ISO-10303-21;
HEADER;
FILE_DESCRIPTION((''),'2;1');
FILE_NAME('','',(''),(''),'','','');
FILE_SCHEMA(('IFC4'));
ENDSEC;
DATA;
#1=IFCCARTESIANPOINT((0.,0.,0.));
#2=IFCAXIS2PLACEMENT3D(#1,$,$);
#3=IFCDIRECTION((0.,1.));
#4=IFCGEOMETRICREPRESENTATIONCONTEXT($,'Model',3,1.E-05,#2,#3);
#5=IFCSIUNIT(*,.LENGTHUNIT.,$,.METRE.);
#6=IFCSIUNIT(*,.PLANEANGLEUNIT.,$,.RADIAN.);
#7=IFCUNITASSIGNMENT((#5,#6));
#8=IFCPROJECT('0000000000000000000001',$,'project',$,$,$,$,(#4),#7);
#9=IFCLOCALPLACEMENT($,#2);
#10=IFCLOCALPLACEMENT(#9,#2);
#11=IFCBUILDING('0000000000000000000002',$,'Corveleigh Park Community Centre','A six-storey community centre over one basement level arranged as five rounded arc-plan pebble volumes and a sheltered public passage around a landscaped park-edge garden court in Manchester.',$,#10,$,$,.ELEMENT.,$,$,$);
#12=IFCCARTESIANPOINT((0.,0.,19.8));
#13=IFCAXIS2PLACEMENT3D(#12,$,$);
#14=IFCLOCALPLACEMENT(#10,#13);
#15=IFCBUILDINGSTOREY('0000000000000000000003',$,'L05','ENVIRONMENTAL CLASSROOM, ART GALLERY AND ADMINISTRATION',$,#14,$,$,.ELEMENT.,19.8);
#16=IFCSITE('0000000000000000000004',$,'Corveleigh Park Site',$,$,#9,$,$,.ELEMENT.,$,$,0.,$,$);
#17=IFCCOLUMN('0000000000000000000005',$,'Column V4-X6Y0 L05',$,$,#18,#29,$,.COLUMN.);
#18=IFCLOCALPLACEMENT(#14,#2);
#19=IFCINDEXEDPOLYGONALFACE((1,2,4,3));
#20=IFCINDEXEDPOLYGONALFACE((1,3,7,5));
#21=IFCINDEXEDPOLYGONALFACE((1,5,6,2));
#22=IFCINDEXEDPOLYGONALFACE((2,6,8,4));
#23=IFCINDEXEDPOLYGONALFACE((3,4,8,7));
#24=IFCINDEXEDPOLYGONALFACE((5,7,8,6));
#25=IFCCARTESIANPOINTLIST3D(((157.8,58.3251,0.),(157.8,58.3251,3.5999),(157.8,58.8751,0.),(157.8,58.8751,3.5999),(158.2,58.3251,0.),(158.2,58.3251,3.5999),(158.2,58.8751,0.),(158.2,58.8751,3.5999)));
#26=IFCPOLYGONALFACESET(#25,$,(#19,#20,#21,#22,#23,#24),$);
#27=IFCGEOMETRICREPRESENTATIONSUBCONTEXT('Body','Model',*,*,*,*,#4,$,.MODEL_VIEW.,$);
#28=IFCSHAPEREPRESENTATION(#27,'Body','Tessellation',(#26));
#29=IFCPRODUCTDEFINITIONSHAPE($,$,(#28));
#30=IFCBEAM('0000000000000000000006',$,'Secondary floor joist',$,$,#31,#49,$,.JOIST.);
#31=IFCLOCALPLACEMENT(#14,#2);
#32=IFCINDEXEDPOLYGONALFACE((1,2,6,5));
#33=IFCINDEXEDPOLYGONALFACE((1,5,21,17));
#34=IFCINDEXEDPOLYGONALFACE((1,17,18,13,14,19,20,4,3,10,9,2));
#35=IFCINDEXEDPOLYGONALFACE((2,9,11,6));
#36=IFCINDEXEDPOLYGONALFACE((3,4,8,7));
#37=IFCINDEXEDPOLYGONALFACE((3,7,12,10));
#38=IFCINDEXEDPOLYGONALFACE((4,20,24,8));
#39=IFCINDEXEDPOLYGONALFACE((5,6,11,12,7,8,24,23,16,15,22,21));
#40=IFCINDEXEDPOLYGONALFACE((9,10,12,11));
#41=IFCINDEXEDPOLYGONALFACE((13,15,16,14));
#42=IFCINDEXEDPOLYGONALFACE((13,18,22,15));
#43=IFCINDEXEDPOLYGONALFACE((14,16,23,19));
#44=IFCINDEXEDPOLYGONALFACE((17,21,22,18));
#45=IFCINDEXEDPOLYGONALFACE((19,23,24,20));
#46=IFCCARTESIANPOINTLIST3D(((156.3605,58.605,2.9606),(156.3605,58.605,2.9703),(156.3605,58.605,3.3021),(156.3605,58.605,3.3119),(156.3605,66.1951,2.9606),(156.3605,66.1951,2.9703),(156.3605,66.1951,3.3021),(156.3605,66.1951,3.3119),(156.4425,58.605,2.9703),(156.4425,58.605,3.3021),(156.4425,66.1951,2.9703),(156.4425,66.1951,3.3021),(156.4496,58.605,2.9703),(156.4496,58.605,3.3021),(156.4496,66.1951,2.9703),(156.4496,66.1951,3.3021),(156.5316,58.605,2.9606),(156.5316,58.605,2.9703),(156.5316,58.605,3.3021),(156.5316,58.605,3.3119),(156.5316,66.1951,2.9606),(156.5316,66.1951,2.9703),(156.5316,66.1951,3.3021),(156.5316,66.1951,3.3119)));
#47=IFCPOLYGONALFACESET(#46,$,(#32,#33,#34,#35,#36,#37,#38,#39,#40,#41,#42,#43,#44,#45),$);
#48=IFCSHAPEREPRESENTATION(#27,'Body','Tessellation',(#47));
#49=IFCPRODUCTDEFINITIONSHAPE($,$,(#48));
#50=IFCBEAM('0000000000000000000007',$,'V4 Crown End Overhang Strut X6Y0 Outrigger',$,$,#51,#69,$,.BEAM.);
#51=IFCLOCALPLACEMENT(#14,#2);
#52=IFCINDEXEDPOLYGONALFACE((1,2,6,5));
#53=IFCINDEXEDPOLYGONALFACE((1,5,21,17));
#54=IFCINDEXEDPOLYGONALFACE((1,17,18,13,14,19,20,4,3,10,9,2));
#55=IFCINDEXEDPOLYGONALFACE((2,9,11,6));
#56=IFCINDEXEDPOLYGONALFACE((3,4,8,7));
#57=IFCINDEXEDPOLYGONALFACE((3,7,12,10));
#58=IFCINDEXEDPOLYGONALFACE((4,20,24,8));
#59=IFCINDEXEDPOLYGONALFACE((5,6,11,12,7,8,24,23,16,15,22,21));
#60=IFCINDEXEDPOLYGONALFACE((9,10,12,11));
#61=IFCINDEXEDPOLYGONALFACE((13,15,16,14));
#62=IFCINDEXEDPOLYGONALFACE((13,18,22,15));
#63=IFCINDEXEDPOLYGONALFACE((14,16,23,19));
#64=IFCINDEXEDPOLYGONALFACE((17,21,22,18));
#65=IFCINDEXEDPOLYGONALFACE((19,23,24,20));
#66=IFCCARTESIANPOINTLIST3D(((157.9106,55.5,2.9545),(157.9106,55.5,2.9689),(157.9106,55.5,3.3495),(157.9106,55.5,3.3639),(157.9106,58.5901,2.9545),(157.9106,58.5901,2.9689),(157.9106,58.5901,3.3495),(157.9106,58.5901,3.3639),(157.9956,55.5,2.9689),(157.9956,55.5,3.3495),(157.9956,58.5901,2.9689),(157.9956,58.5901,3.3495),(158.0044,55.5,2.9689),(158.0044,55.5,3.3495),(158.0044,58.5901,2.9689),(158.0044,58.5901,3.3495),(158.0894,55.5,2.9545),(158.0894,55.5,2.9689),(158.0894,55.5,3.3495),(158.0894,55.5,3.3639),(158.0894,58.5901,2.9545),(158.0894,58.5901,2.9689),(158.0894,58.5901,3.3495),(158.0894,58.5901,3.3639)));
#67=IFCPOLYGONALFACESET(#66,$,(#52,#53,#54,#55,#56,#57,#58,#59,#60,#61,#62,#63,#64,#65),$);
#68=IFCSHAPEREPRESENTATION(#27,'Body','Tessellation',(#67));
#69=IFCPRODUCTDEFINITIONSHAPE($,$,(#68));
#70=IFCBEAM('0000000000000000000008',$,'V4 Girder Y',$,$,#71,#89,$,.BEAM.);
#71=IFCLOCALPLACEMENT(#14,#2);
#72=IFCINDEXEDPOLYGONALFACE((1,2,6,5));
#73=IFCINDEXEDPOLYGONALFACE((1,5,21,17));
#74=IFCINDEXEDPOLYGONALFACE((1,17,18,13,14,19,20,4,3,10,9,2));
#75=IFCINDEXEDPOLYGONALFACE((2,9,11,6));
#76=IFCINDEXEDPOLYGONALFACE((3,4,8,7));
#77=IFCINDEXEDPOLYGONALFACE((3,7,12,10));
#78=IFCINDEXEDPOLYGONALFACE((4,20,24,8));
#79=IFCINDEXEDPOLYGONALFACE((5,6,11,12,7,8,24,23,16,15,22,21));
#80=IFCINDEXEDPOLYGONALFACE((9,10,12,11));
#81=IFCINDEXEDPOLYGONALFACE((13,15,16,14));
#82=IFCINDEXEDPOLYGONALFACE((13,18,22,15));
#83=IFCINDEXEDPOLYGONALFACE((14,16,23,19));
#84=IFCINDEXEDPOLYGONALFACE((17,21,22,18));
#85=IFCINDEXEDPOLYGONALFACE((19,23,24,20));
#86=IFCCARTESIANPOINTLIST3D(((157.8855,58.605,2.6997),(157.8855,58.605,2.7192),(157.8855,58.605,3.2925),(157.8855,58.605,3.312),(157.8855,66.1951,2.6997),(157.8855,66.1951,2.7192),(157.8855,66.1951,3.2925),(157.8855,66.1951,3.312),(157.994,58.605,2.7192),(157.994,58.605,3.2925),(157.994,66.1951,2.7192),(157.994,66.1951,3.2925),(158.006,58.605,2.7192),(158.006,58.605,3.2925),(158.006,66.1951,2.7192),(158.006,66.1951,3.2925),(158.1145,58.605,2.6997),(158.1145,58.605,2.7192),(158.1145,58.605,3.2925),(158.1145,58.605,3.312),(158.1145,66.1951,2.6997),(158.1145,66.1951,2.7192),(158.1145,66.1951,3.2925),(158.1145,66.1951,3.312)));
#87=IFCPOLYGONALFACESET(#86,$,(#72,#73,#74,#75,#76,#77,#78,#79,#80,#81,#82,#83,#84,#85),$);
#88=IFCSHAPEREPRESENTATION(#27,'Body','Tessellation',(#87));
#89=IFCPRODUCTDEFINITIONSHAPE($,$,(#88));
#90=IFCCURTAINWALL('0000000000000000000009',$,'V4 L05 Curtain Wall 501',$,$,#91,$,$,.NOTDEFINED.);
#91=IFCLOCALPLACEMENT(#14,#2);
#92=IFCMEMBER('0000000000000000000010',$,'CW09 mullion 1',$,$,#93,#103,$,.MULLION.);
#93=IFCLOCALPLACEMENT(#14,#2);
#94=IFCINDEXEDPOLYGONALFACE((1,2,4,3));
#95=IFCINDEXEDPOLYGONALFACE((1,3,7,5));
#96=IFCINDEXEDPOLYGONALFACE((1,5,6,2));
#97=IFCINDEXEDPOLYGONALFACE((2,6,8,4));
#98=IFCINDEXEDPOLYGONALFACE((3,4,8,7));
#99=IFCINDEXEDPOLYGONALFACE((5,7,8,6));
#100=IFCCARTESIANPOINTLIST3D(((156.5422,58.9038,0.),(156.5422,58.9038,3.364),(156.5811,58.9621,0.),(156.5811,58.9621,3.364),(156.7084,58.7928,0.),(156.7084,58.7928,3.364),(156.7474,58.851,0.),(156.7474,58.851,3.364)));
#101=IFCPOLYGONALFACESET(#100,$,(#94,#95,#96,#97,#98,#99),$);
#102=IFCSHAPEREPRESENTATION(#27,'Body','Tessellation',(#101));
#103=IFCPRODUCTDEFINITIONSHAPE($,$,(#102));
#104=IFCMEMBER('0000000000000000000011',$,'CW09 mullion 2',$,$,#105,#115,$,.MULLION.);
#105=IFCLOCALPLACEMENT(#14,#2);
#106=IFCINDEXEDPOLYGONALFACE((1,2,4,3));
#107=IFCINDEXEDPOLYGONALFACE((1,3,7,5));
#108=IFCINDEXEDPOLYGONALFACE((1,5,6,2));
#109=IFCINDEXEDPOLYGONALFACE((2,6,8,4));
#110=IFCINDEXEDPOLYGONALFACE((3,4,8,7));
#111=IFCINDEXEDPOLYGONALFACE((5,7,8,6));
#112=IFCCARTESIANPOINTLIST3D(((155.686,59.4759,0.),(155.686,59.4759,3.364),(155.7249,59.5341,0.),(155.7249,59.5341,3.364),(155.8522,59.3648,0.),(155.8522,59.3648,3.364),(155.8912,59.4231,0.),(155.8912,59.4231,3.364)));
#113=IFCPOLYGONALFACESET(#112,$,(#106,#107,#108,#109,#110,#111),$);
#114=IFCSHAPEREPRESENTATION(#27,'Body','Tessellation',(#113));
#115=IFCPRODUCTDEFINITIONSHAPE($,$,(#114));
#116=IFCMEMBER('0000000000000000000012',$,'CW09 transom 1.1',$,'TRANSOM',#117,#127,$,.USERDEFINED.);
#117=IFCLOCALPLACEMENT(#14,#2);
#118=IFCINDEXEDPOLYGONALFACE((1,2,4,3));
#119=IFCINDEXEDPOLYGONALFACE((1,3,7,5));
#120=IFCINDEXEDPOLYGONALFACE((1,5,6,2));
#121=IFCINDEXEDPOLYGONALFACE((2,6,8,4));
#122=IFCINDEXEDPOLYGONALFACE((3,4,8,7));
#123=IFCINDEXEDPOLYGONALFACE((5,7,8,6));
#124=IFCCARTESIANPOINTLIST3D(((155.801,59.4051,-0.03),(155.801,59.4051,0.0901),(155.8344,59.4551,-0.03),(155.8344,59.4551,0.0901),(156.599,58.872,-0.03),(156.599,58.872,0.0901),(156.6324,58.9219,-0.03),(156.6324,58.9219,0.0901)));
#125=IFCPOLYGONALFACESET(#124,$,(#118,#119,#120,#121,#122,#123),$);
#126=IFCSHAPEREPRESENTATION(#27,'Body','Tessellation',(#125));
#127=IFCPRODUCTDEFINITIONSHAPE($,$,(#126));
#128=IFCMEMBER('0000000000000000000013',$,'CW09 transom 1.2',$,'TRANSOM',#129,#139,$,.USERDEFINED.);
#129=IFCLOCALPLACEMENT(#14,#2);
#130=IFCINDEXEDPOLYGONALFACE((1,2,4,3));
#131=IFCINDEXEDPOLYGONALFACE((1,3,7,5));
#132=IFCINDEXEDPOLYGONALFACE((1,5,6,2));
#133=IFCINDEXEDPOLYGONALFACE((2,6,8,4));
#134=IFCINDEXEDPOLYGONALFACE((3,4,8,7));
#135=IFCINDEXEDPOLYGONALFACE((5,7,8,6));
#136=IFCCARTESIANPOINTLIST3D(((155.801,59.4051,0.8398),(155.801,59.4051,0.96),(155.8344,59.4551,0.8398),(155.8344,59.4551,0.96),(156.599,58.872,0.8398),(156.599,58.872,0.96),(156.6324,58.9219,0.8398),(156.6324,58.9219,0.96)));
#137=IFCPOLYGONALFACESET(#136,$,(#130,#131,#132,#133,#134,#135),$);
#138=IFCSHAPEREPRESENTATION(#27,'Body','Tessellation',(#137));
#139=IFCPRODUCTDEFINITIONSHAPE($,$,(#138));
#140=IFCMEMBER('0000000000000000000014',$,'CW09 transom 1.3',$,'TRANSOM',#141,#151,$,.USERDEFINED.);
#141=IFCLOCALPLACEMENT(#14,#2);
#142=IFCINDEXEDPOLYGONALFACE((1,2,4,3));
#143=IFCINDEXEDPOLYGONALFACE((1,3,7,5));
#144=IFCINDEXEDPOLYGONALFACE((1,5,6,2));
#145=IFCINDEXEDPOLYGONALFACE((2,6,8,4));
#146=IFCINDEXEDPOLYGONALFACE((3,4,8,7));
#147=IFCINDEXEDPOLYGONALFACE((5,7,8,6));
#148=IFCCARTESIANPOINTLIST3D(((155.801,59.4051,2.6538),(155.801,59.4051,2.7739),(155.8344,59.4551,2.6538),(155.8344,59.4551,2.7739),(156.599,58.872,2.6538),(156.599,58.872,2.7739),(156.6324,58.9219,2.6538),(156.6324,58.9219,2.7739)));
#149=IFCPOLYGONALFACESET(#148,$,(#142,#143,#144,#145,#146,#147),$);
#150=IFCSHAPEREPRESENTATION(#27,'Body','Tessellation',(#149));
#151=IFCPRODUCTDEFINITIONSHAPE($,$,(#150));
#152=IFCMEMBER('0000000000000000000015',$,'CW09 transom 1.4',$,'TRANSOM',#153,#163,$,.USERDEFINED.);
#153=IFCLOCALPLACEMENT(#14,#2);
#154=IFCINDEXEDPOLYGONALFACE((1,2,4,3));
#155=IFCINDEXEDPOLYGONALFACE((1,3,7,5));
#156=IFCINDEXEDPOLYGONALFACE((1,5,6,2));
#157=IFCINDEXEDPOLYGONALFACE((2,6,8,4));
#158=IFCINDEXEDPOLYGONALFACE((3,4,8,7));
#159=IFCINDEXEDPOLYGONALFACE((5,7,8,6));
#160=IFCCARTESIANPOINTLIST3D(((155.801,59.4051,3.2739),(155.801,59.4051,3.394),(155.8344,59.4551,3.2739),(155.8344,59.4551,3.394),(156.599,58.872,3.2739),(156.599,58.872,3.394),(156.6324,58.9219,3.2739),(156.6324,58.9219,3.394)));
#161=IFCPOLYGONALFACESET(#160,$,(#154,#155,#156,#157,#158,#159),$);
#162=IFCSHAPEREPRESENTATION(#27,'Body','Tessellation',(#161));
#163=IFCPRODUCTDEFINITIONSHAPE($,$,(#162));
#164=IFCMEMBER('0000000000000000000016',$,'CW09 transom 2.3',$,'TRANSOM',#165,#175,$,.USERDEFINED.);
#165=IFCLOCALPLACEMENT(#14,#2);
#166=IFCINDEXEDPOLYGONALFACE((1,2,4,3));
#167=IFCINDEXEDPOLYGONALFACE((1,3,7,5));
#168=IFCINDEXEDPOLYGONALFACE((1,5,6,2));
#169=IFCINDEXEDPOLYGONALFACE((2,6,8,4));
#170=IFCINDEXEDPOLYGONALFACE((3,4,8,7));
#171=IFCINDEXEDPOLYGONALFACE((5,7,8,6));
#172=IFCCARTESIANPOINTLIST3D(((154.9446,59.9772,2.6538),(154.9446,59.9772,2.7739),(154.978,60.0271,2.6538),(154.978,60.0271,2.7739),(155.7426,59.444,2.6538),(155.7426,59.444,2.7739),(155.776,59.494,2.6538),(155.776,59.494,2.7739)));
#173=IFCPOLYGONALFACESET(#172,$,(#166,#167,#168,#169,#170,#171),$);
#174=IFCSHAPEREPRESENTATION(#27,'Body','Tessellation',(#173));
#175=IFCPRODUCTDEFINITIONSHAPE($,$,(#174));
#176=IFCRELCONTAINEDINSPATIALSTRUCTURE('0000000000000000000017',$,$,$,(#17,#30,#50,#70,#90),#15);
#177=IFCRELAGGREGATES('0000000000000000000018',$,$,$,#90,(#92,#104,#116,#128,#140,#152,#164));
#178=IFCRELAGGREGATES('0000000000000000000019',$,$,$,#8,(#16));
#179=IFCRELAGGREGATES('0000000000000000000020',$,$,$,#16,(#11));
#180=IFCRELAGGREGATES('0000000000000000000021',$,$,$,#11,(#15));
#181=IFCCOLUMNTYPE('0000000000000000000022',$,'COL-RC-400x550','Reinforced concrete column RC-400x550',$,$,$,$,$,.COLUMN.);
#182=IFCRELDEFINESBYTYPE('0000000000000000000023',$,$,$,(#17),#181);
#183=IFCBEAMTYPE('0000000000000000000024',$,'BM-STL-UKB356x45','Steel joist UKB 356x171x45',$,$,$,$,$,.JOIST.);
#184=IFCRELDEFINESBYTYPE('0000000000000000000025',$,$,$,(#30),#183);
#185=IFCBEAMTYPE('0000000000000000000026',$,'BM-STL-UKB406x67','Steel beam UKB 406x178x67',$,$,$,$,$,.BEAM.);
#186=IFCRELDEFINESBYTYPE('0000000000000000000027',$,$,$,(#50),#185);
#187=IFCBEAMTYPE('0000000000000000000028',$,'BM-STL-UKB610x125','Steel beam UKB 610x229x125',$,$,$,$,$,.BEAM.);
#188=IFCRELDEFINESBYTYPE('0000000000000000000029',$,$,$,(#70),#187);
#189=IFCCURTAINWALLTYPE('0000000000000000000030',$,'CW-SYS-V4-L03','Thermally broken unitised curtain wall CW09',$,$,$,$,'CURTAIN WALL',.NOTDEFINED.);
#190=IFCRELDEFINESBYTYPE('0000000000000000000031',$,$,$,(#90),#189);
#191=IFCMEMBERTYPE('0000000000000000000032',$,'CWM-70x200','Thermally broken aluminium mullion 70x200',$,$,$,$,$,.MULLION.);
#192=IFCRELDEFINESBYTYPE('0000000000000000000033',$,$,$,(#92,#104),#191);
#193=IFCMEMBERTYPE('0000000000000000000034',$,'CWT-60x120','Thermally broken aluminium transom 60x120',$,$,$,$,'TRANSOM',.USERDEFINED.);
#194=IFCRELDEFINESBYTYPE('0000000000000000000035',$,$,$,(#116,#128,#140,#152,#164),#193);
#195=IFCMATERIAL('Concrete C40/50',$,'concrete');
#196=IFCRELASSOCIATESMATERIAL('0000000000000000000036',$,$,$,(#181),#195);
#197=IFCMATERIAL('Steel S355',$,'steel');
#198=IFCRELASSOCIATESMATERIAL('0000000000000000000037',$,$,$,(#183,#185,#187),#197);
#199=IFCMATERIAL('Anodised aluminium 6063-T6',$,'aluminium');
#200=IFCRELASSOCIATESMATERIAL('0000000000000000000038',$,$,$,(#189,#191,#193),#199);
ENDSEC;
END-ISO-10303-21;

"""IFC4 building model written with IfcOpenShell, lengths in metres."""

from ifc_helpers import new_model, si_unit, direction, frame, origin, origin_2d, place, context, subcontext, project, spatial, rectangle, i_section, extrude, material, material_profile, profile_set, type_object, element, aggregate, save


model = new_model("IFC4")

# Units and contexts
model_context = context("Model", 3, precision=1e-05, world=origin(), true_north=direction((0.0, 1.0)))
body_context = subcontext(model_context, "Body", "Model", "MODEL_VIEW")
ifc_project = project(units=[si_unit("LENGTHUNIT", "METRE"), si_unit("PLANEANGLEUNIT", "RADIAN")], contexts=[model_context])

# Site, building, storey
site_placement = place(None, origin())
site = spatial("IfcSite", under=ifc_project, at=site_placement, Name="Corveleigh Park Site", CompositionType="ELEMENT", RefElevation=0.0)
building_placement = place(site_placement, origin())
building = spatial("IfcBuilding", under=site, at=building_placement, Name="Corveleigh Park Community Centre", Description="A six-storey community centre over one basement level arranged as five rounded arc-plan pebble volumes and a sheltered public passage around a landscaped park-edge garden court in Manchester.", CompositionType="ELEMENT")
storey_placement = place(building_placement, frame((0.0, 0.0, 19.8)))
storey = spatial("IfcBuildingStorey", under=building, at=storey_placement, Name="L05", Description="ENVIRONMENTAL CLASSROOM, ART GALLERY AND ADMINISTRATION", CompositionType="ELEMENT", Elevation=19.8)

# Column
ifc_material_1 = material(Name="Concrete C40/50", Category="concrete")
ifc_material_profile_1 = material_profile(ifc_material_1, rectangle(XDim=0.3999, YDim=0.55, at=origin_2d()), Name="RC-400x550", Category="concrete")
ifc_profile_set_1 = profile_set([ifc_material_profile_1], Name="Concrete C40/50")
column_type = type_object("IfcColumnType", Name="COL-RC-400x550", Description="Reinforced concrete column RC-400x550", PredefinedType="COLUMN", material=ifc_profile_set_1)
column_placement = place(storey_placement, frame((158.0, 58.6001, 0.0), z_axis=(0.0, 0.0, 1.0), x_axis=(1.0, 0.0, 0.0)))
element("IfcColumn", 1, at=column_placement, inside=storey, type_object=column_type, Name="Column V4-X6Y0 L05", PredefinedType="COLUMN", context=body_context, shape_type="SweptSolid", body=[
    extrude(rectangle(XDim=0.3999, YDim=0.55, at=origin_2d()), origin(), (0.0, 0.0, 1.0), 3.5999),
])

# Beams
ifc_material_2 = material(Name="Steel S355", Category="steel")
ifc_material_profile_2 = material_profile(ifc_material_2, i_section(OverallWidth=0.1711, OverallDepth=0.3513, WebThickness=0.0071, FlangeThickness=0.0098, at=origin_2d()), Name="UKB 356x171x45", Category="steel")
ifc_profile_set_2 = profile_set([ifc_material_profile_2], Name="Steel S355")
beam_type_1 = type_object("IfcBeamType", Name="BM-STL-UKB356x45", Description="Steel joist UKB 356x171x45", PredefinedType="JOIST", material=ifc_profile_set_2)
beam_1_placement = place(storey_placement, frame((156.446, 58.605, 3.1362), z_axis=(0.0, 1.0, 0.0), x_axis=(-1.0, 0.0, 0.0)))
element("IfcBeam", 2, at=beam_1_placement, inside=storey, type_object=beam_type_1, Name="Secondary floor joist", PredefinedType="JOIST", context=body_context, shape_type="SweptSolid", body=[
    extrude(i_section(OverallWidth=0.1711, OverallDepth=0.3513, WebThickness=0.0071, FlangeThickness=0.0098, at=origin_2d()), origin(), (0.0, 0.0, 1.0), 7.5901),
])
ifc_material_profile_3 = material_profile(ifc_material_2, i_section(OverallWidth=0.1787, OverallDepth=0.4094, WebThickness=0.0088, FlangeThickness=0.0144, at=origin_2d()), Name="UKB 406x178x67", Category="steel")
ifc_profile_set_3 = profile_set([ifc_material_profile_3], Name="Steel S355")
beam_type_2 = type_object("IfcBeamType", Name="BM-STL-UKB406x67", Description="Steel beam UKB 406x178x67", PredefinedType="BEAM", material=ifc_profile_set_3)
beam_2_placement = place(storey_placement, frame((158.0, 58.5901, 3.1592), z_axis=(0.0, -1.0, 0.0), x_axis=(1.0, 0.0, 0.0)))
element("IfcBeam", 3, at=beam_2_placement, inside=storey, type_object=beam_type_2, Name="V4 Crown End Overhang Strut X6Y0 Outrigger", PredefinedType="BEAM", context=body_context, shape_type="SweptSolid", body=[
    extrude(i_section(OverallWidth=0.1787, OverallDepth=0.4094, WebThickness=0.0088, FlangeThickness=0.0144, at=origin_2d()), origin(), (0.0, 0.0, 1.0), 3.0901),
])
ifc_material_profile_4 = material_profile(ifc_material_2, i_section(OverallWidth=0.229, OverallDepth=0.6123, WebThickness=0.012, FlangeThickness=0.0195, at=origin_2d()), Name="UKB 610x229x125", Category="steel")
ifc_profile_set_4 = profile_set([ifc_material_profile_4], Name="Steel S355")
beam_type_3 = type_object("IfcBeamType", Name="BM-STL-UKB610x125", Description="Steel beam UKB 610x229x125", PredefinedType="BEAM", material=ifc_profile_set_4)
beam_3_placement = place(storey_placement, frame((158.0, 58.605, 3.0059), z_axis=(0.0, 1.0, 0.0), x_axis=(-1.0, 0.0, 0.0)))
element("IfcBeam", 4, at=beam_3_placement, inside=storey, type_object=beam_type_3, Name="V4 Girder Y", PredefinedType="BEAM", context=body_context, shape_type="SweptSolid", body=[
    extrude(i_section(OverallWidth=0.229, OverallDepth=0.6123, WebThickness=0.012, FlangeThickness=0.0195, at=origin_2d()), origin(), (0.0, 0.0, 1.0), 7.5901),
])

# Curtain wall, members
ifc_material_3 = material(Name="Anodised aluminium 6063-T6", Category="aluminium")
curtain_wall_type = type_object("IfcCurtainWallType", Name="CW-SYS-V4-L03", Description="Thermally broken unitised curtain wall CW09", ElementType="CURTAIN WALL", PredefinedType="NOTDEFINED", material=ifc_material_3)
curtain_wall_placement = place(storey_placement, origin())
curtain_wall = element("IfcCurtainWall", 5, at=curtain_wall_placement, inside=storey, type_object=curtain_wall_type, Name="V4 L05 Curtain Wall 501", PredefinedType="NOTDEFINED")
ifc_material_profile_5 = material_profile(ifc_material_3, rectangle(XDim=0.0701, YDim=0.2, at=origin_2d()), Name="ALU-M70x200", Category="aluminium")
ifc_profile_set_5 = profile_set([ifc_material_profile_5], Name="Anodised aluminium 6063-T6")
member_type_1 = type_object("IfcMemberType", Name="CWM-70x200", Description="Thermally broken aluminium mullion 70x200", PredefinedType="MULLION", material=ifc_profile_set_5)
member_1_placement = place(storey_placement, frame((156.6448, 58.8774, 0.0), z_axis=(0.0, 0.0, 1.0), x_axis=(-0.555458, -0.831544, 0.0)))
member_1 = element("IfcMember", 6, at=member_1_placement, type_object=member_type_1, Name="CW09 mullion 1", PredefinedType="MULLION", context=body_context, shape_type="SweptSolid", body=[
    extrude(rectangle(XDim=0.0701, YDim=0.2, at=origin_2d()), origin(), (0.0, 0.0, 1.0), 3.364),
])
member_2_placement = place(storey_placement, frame((155.7886, 59.4495, 0.0), z_axis=(0.0, 0.0, 1.0), x_axis=(-0.555458, -0.831544, 0.0)))
member_2 = element("IfcMember", 7, at=member_2_placement, type_object=member_type_1, Name="CW09 mullion 2", PredefinedType="MULLION", context=body_context, shape_type="SweptSolid", body=[
    extrude(rectangle(XDim=0.0701, YDim=0.2, at=origin_2d()), origin(), (0.0, 0.0, 1.0), 3.364),
])
ifc_material_profile_6 = material_profile(ifc_material_3, rectangle(XDim=0.0601, YDim=0.1201, at=origin_2d()), Name="ALU-T60x120", Category="aluminium")
ifc_profile_set_6 = profile_set([ifc_material_profile_6], Name="Anodised aluminium 6063-T6")
member_type_2 = type_object("IfcMemberType", Name="CWT-60x120", Description="Thermally broken aluminium transom 60x120", ElementType="TRANSOM", PredefinedType="USERDEFINED", material=ifc_profile_set_6)
member_3_placement = place(storey_placement, frame((156.6157, 58.897, 0.03), z_axis=(-0.831502, 0.555522, 0.0), x_axis=(-0.555522, -0.831502, 0.0)))
member_3 = element("IfcMember", 8, at=member_3_placement, type_object=member_type_2, Name="CW09 transom 1.1", ObjectType="TRANSOM", PredefinedType="USERDEFINED", context=body_context, shape_type="SweptSolid", body=[
    extrude(rectangle(XDim=0.0601, YDim=0.1201, at=origin_2d()), origin(), (0.0, 0.0, 1.0), 0.9597),
])
member_4_placement = place(storey_placement, frame((156.6157, 58.897, 0.8999), z_axis=(-0.831502, 0.555522, 0.0), x_axis=(-0.555522, -0.831502, 0.0)))
member_4 = element("IfcMember", 9, at=member_4_placement, type_object=member_type_2, Name="CW09 transom 1.2", ObjectType="TRANSOM", PredefinedType="USERDEFINED", context=body_context, shape_type="SweptSolid", body=[
    extrude(rectangle(XDim=0.0601, YDim=0.1201, at=origin_2d()), origin(), (0.0, 0.0, 1.0), 0.9597),
])
member_5_placement = place(storey_placement, frame((156.6157, 58.897, 2.7139), z_axis=(-0.831502, 0.555522, 0.0), x_axis=(-0.555522, -0.831502, 0.0)))
member_5 = element("IfcMember", 10, at=member_5_placement, type_object=member_type_2, Name="CW09 transom 1.3", ObjectType="TRANSOM", PredefinedType="USERDEFINED", context=body_context, shape_type="SweptSolid", body=[
    extrude(rectangle(XDim=0.0601, YDim=0.1201, at=origin_2d()), origin(), (0.0, 0.0, 1.0), 0.9597),
])
member_6_placement = place(storey_placement, frame((156.6157, 58.897, 3.334), z_axis=(-0.831502, 0.555522, 0.0), x_axis=(-0.555522, -0.831502, 0.0)))
member_6 = element("IfcMember", 11, at=member_6_placement, type_object=member_type_2, Name="CW09 transom 1.4", ObjectType="TRANSOM", PredefinedType="USERDEFINED", context=body_context, shape_type="SweptSolid", body=[
    extrude(rectangle(XDim=0.0601, YDim=0.1201, at=origin_2d()), origin(), (0.0, 0.0, 1.0), 0.9597),
])
member_7_placement = place(storey_placement, frame((155.7593, 59.469, 2.7139), z_axis=(-0.831502, 0.555522, 0.0), x_axis=(-0.555522, -0.831502, 0.0)))
member_7 = element("IfcMember", 12, at=member_7_placement, type_object=member_type_2, Name="CW09 transom 2.3", ObjectType="TRANSOM", PredefinedType="USERDEFINED", context=body_context, shape_type="SweptSolid", body=[
    extrude(rectangle(XDim=0.0601, YDim=0.1201, at=origin_2d()), origin(), (0.0, 0.0, 1.0), 0.9597),
])

aggregate(curtain_wall, [member_1, member_2, member_3, member_4, member_5, member_6, member_7])

save(model, "model.ifc")
